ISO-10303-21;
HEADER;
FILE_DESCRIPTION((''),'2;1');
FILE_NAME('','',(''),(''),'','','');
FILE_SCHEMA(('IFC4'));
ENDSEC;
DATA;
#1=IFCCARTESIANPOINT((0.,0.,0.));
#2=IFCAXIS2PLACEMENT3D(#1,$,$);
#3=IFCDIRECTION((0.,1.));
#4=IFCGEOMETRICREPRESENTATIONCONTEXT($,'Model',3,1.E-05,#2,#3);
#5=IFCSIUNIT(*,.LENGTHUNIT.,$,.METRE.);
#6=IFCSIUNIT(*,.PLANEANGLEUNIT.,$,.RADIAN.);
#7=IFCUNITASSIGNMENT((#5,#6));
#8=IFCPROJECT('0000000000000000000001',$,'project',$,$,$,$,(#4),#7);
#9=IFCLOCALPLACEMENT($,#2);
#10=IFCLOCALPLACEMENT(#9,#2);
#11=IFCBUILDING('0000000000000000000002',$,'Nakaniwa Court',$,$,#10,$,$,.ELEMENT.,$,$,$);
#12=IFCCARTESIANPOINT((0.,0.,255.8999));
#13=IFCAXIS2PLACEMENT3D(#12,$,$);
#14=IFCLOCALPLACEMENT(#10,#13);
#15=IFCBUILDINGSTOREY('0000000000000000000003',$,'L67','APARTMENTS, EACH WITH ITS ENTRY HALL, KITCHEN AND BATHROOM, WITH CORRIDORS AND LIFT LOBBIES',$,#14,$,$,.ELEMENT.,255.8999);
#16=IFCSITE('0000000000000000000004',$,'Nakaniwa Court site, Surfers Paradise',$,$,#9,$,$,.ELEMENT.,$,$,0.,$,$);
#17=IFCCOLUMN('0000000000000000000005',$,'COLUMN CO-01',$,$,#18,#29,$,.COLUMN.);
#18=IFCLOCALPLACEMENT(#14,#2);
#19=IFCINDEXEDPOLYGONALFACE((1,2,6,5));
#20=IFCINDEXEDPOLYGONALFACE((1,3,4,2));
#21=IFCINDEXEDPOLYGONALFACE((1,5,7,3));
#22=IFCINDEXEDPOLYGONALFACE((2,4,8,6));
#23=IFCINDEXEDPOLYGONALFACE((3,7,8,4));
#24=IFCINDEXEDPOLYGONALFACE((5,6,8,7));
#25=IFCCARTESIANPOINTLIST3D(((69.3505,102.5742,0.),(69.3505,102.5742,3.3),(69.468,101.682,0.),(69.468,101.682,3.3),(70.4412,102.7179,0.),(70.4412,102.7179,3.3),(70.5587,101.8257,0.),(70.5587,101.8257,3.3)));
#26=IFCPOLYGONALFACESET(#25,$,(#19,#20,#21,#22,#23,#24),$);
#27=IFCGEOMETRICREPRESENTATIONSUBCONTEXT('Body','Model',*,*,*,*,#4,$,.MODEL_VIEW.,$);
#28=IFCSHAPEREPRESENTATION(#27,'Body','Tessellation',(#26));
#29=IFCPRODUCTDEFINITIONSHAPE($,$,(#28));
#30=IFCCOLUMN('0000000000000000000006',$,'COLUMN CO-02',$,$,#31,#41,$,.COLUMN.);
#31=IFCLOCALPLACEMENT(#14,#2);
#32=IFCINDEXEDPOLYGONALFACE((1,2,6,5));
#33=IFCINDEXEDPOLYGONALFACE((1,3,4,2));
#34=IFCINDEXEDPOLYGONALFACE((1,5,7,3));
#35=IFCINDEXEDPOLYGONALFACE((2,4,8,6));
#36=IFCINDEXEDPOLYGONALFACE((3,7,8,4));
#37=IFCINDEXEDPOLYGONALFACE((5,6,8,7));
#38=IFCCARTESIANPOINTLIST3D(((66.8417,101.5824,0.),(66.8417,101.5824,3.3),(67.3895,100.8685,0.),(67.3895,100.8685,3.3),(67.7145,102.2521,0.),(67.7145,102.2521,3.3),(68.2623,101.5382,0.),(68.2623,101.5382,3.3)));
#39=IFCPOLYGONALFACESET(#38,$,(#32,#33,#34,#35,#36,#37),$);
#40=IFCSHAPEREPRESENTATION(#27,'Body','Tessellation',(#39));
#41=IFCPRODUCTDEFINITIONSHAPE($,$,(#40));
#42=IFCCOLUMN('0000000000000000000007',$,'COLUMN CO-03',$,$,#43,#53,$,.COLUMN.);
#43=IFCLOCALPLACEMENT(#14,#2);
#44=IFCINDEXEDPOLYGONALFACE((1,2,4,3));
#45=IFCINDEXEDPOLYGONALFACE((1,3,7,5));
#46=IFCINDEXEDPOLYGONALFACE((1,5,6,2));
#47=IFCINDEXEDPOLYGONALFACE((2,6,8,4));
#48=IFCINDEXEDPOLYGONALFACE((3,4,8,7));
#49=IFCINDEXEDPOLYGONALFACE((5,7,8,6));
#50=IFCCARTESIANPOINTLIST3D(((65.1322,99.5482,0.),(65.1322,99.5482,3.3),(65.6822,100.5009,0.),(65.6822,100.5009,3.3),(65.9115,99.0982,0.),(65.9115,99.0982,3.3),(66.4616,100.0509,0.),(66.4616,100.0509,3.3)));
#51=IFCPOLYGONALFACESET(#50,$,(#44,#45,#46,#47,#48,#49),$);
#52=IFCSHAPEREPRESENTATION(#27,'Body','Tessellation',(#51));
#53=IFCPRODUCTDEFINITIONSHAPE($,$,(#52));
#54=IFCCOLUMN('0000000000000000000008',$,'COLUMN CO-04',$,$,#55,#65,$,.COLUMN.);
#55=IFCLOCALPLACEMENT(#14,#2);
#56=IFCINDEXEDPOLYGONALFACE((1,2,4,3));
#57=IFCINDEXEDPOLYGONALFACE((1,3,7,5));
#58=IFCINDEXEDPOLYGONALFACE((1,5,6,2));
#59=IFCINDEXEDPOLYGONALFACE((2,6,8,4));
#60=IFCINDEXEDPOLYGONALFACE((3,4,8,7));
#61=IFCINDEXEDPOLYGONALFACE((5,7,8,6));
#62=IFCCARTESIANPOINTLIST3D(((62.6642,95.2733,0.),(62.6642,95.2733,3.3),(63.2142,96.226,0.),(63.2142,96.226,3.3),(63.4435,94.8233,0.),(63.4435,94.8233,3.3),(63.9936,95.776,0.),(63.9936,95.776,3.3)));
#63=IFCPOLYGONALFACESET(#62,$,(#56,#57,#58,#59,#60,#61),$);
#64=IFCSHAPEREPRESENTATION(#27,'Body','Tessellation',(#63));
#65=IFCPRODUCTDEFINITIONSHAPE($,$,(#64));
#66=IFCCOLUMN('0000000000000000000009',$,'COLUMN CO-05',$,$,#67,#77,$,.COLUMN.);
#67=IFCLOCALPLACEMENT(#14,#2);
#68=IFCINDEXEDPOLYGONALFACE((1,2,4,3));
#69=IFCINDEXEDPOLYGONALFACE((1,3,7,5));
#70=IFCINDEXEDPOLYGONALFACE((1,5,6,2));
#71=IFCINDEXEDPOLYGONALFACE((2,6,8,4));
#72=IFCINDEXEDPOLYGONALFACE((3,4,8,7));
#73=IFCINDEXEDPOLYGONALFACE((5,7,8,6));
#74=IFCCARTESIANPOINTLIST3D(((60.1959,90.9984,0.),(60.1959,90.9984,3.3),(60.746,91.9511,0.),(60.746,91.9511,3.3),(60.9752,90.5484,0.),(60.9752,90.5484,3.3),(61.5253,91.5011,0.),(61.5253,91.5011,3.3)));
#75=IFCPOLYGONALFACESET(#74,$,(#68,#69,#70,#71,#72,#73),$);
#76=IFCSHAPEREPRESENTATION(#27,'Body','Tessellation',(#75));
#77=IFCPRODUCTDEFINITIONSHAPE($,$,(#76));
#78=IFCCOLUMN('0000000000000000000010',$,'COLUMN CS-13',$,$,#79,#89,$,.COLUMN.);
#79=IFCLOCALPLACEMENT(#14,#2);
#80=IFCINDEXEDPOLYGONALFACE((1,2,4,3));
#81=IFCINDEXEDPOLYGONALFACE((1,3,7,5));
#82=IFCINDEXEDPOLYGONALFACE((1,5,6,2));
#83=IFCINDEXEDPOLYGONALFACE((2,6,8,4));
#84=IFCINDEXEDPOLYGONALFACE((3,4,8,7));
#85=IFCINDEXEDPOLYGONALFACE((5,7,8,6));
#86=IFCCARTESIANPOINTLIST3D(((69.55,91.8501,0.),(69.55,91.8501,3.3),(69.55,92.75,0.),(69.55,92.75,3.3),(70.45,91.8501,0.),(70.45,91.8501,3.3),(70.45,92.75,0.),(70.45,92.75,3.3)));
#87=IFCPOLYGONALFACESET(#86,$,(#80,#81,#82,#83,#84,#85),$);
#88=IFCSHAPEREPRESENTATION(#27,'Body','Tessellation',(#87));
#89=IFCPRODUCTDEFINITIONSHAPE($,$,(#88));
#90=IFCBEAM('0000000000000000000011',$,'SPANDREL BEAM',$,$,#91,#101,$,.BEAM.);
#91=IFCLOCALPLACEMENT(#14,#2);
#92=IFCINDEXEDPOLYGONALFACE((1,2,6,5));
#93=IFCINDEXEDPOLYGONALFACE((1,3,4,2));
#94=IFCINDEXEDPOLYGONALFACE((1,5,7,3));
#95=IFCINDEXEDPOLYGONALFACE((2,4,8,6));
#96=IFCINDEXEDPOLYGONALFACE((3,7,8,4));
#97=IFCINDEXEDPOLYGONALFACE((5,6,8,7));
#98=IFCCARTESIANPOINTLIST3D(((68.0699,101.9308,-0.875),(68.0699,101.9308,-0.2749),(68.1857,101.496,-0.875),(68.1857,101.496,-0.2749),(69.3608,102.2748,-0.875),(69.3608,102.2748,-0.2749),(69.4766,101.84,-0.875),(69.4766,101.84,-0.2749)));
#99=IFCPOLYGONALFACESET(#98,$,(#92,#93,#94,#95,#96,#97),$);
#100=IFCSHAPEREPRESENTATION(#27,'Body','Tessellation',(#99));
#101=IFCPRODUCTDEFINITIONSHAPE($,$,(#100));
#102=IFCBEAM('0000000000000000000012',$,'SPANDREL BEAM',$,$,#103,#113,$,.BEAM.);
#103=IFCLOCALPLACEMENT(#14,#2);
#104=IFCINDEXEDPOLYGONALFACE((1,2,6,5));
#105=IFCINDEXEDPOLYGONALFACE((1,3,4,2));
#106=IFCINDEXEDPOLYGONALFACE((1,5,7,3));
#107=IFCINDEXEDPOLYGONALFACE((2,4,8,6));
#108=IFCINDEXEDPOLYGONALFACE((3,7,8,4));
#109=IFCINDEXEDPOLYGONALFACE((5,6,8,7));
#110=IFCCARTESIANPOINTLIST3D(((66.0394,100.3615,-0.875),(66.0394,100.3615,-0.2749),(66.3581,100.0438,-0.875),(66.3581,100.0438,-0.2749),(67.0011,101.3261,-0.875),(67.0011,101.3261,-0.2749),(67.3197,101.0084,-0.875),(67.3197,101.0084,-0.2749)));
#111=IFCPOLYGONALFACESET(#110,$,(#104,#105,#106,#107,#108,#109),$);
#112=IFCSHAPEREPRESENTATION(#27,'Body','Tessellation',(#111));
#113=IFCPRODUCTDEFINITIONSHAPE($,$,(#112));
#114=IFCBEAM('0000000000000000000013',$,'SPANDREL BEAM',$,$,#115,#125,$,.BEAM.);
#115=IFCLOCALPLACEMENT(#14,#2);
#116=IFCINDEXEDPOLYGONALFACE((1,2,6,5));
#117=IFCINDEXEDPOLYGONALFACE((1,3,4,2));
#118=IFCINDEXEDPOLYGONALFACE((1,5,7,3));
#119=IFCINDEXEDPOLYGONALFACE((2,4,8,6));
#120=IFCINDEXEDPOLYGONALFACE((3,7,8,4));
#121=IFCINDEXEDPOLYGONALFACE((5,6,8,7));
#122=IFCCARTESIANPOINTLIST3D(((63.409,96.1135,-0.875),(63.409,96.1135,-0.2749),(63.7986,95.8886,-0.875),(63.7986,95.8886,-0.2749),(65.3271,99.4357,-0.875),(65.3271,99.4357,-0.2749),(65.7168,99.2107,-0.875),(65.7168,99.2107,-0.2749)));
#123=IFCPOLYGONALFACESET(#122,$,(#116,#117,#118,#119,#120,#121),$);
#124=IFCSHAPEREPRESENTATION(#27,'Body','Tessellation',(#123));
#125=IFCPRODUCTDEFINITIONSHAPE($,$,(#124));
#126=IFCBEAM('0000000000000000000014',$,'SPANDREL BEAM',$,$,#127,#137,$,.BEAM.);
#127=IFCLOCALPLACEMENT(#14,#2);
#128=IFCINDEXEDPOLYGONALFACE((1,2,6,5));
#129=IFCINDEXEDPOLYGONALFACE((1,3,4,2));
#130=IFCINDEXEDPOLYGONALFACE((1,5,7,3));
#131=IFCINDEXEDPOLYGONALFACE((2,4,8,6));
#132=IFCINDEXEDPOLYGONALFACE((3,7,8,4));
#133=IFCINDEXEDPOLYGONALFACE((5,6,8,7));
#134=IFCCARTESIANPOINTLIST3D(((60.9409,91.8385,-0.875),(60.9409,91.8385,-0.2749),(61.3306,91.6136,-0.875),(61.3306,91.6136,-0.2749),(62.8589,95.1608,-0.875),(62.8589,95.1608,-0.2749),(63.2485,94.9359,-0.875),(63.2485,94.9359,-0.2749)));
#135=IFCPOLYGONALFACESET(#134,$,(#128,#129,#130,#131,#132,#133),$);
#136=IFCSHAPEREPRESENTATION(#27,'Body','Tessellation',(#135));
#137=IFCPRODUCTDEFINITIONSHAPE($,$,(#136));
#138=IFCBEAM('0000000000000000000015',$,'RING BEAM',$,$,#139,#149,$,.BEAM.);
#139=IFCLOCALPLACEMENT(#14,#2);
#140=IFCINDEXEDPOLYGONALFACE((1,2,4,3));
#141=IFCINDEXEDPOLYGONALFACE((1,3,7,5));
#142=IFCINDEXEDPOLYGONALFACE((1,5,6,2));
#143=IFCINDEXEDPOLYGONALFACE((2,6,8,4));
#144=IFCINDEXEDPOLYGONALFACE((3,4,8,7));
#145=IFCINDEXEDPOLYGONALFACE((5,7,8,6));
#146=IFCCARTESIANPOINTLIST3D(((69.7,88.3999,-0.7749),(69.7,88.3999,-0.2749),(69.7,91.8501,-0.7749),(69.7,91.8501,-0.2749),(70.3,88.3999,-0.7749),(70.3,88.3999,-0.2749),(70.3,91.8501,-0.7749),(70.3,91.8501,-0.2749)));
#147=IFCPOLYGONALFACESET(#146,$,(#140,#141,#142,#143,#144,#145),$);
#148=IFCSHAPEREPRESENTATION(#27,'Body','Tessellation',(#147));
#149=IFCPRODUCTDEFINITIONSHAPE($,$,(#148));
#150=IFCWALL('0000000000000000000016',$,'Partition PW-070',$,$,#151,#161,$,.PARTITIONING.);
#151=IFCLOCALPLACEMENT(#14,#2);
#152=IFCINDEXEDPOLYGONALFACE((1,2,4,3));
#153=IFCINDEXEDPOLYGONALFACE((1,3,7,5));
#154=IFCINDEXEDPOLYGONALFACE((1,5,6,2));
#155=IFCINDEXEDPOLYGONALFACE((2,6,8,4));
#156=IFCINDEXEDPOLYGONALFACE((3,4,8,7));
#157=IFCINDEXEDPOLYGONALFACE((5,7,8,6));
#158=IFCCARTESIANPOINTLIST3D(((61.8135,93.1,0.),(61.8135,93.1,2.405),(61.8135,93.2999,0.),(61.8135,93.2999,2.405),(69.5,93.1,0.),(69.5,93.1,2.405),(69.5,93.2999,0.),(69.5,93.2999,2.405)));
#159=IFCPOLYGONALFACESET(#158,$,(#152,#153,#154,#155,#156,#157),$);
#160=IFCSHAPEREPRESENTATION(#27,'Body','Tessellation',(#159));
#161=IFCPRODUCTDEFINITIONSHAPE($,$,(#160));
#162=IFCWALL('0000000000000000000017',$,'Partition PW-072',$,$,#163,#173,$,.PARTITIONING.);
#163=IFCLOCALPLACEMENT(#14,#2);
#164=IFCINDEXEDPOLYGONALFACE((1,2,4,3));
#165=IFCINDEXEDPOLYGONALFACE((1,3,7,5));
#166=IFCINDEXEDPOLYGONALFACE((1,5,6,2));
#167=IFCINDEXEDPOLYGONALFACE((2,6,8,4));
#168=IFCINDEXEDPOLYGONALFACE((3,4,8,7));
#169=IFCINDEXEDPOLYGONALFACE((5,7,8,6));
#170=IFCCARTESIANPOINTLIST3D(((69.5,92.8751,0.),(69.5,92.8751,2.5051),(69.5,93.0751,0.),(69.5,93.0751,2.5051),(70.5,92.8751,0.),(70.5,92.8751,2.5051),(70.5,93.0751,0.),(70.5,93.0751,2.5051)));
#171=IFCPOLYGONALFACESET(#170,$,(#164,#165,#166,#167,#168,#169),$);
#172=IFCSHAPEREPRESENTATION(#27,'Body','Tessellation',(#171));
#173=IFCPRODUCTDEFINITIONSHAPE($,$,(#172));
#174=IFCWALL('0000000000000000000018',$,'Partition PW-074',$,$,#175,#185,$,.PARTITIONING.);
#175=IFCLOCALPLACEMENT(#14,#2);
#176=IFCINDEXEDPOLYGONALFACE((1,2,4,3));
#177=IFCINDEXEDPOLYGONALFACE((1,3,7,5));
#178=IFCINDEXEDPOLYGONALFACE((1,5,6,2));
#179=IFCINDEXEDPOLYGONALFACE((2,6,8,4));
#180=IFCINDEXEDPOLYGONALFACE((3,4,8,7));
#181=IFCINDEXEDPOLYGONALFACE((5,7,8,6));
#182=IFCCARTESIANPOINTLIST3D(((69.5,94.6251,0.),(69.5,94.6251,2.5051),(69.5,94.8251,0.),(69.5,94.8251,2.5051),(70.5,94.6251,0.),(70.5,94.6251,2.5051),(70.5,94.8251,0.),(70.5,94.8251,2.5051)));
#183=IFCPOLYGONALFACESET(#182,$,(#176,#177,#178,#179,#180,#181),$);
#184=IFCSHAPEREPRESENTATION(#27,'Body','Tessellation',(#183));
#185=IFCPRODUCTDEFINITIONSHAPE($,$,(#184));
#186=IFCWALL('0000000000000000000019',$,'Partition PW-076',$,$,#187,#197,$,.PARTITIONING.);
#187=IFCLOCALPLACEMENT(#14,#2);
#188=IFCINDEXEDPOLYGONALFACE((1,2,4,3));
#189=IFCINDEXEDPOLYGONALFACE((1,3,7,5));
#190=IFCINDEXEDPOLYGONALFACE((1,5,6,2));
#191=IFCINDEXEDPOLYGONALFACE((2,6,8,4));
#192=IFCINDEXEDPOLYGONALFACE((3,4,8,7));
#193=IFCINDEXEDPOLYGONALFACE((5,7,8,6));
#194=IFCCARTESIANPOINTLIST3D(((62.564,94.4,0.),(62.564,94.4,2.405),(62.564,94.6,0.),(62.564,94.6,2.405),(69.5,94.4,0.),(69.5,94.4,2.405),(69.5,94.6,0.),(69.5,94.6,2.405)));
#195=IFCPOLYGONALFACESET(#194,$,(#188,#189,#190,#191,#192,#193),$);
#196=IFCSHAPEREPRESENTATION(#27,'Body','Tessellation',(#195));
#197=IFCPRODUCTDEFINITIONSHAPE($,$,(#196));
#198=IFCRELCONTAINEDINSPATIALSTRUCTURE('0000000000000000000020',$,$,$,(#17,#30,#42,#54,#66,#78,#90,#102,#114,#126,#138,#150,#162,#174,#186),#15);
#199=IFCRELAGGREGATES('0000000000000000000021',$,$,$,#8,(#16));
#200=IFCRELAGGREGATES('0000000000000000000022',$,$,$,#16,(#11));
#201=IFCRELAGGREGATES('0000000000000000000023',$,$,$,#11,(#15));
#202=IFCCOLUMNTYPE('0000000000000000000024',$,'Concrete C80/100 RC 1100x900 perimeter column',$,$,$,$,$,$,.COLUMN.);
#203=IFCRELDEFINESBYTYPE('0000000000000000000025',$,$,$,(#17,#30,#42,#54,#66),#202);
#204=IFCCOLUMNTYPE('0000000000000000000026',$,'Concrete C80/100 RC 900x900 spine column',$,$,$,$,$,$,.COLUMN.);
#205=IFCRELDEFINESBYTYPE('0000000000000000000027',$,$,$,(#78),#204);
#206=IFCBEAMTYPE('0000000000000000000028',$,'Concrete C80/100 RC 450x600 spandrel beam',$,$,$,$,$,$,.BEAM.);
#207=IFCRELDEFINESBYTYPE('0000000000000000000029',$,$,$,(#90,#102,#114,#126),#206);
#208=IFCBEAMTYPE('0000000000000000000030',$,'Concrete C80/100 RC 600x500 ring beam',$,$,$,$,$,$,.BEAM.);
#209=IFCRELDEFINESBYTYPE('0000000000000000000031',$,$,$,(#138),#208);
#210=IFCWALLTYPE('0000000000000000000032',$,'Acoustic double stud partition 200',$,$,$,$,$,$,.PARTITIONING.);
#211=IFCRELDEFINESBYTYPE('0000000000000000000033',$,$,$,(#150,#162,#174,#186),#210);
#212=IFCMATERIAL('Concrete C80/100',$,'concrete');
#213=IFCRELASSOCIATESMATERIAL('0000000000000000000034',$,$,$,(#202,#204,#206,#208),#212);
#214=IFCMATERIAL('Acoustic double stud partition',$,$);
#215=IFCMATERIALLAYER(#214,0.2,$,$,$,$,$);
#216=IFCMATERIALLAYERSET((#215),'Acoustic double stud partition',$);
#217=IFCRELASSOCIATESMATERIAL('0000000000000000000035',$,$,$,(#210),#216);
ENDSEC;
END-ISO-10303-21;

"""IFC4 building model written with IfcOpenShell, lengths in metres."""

from ifc_helpers import new_model, si_unit, direction, frame, frame_2d, origin, origin_2d, place, context, subcontext, project, spatial, rectangle, extrude, material, layer, layer_set, material_profile, profile_set, type_object, element, save


model = new_model("IFC4")

# Units and contexts
model_context = context("Model", 3, precision=1e-05, world=origin(), true_north=direction((0.0, 1.0)))
body_context = subcontext(model_context, "Body", "Model", "MODEL_VIEW")
ifc_project = project(units=[si_unit("LENGTHUNIT", "METRE"), si_unit("PLANEANGLEUNIT", "RADIAN")], contexts=[model_context])

# Site, building, storey
site_placement = place(None, origin())
site = spatial("IfcSite", under=ifc_project, at=site_placement, Name="Nakaniwa Court site, Surfers Paradise", CompositionType="ELEMENT", RefElevation=0.0)
building_placement = place(site_placement, origin())
building = spatial("IfcBuilding", under=site, at=building_placement, Name="Nakaniwa Court", CompositionType="ELEMENT")
storey_placement = place(building_placement, frame((0.0, 0.0, 255.8999)))
storey = spatial("IfcBuildingStorey", under=building, at=storey_placement, Name="L67", Description="APARTMENTS, EACH WITH ITS ENTRY HALL, KITCHEN AND BATHROOM, WITH CORRIDORS AND LIFT LOBBIES", CompositionType="ELEMENT", Elevation=255.8999)

# Columns
ifc_material_1 = material(Name="Concrete C80/100", Category="concrete")
ifc_material_profile_1 = material_profile(ifc_material_1, rectangle(XDim=1.1001, YDim=0.8999, at=origin_2d()), Name="Concrete C80/100 RC 1100x900 perimeter column")
ifc_profile_set_1 = profile_set([ifc_material_profile_1], Name="Concrete C80/100")
column_type_1 = type_object("IfcColumnType", Name="Concrete C80/100 RC 1100x900 perimeter column", PredefinedType="COLUMN", material=ifc_profile_set_1)
for number, where, z_axis, x_axis, name in (
    (1, (69.9546, 102.2, 0.0), (0.0, 0.0, 1.0), (-0.991443, -0.130543, 0.0), "COLUMN CO-01"),
    (2, (67.552, 101.5603, 0.0), (0.0, 0.0, 1.0), (-0.793364, -0.608748, 0.0), "COLUMN CO-02"),
    (3, (65.7969, 99.7996, 0.0), (0.0, 0.0, 1.0), (-0.5, -0.866025, 0.0), "COLUMN CO-03"),
    (4, (63.3289, 95.5247, 0.0), (0.0, 0.0, 1.0), (-0.5, -0.866025, 0.0), "COLUMN CO-04"),
    (5, (60.8606, 91.2498, 0.0), (0.0, 0.0, 1.0), (-0.5, -0.866025, 0.0), "COLUMN CO-05"),
):
    element("IfcColumn", number, at=place(storey_placement, frame(where, z_axis=z_axis, x_axis=x_axis)), inside=storey, type_object=column_type_1, Name=name, PredefinedType="COLUMN", context=body_context, shape_type="SweptSolid", body=[
        extrude(rectangle(XDim=1.1001, YDim=0.8999, at=origin_2d()), origin(), (0.0, 0.0, 1.0), 3.3),
    ])
ifc_material_profile_2 = material_profile(ifc_material_1, rectangle(XDim=0.8999, YDim=0.8999, at=origin_2d()), Name="Concrete C80/100 RC 900x900 spine column")
ifc_profile_set_2 = profile_set([ifc_material_profile_2], Name="Concrete C80/100")
column_type_2 = type_object("IfcColumnType", Name="Concrete C80/100 RC 900x900 spine column", PredefinedType="COLUMN", material=ifc_profile_set_2)
column_placement = place(storey_placement, frame((70.0, 92.3, 0.0), z_axis=(0.0, 0.0, 1.0), x_axis=(0.0, -1.0, 0.0)))
element("IfcColumn", 6, at=column_placement, inside=storey, type_object=column_type_2, Name="COLUMN CS-13", PredefinedType="COLUMN", context=body_context, shape_type="SweptSolid", body=[
    extrude(rectangle(XDim=0.8999, YDim=0.8999, at=origin_2d()), origin(), (0.0, 0.0, 1.0), 3.3),
])

# Beams
ifc_material_profile_3 = material_profile(ifc_material_1, rectangle(XDim=0.45, YDim=0.6001, at=origin_2d()), Name="Concrete C80/100 RC 450x600 spandrel beam")
ifc_profile_set_3 = profile_set([ifc_material_profile_3], Name="Concrete C80/100")
beam_type_1 = type_object("IfcBeamType", Name="Concrete C80/100 RC 450x600 spandrel beam", PredefinedType="BEAM", material=ifc_profile_set_3)
beam_1_placement = place(storey_placement, frame((69.4187, 102.0574, -0.575), z_axis=(-0.966286, -0.257469, 0.0), x_axis=(0.257469, -0.966286, 0.0)))
element("IfcBeam", 7, at=beam_1_placement, inside=storey, type_object=beam_type_1, Name="SPANDREL BEAM", PredefinedType="BEAM", context=body_context, shape_type="SweptSolid", body=[
    extrude(rectangle(XDim=0.45, YDim=0.6001, at=origin_2d()), origin(), (0.0, 0.0, 1.0), 1.3359),
])
beam_2_placement = place(storey_placement, frame((67.1604, 101.1672, -0.575), z_axis=(-0.706031, -0.708181, 0.0), x_axis=(0.708181, -0.706031, 0.0)))
element("IfcBeam", 8, at=beam_2_placement, inside=storey, type_object=beam_type_1, Name="SPANDREL BEAM", PredefinedType="BEAM", context=body_context, shape_type="SweptSolid", body=[
    extrude(rectangle(XDim=0.45, YDim=0.6001, at=origin_2d()), origin(), (0.0, 0.0, 1.0), 1.3621),
])
for number, where, z_axis, x_axis, name in (
    (9, (65.522, 99.3232, -0.575), (-0.50002, -0.866014, 0.0), (0.866014, -0.50002, 0.0), "SPANDREL BEAM"),
    (10, (63.0537, 95.0483, -0.575), (-0.499972, -0.866041, 0.0), (0.866041, -0.499972, 0.0), "SPANDREL BEAM"),
):
    element("IfcBeam", number, at=place(storey_placement, frame(where, z_axis=z_axis, x_axis=x_axis)), inside=storey, type_object=beam_type_1, Name=name, PredefinedType="BEAM", context=body_context, shape_type="SweptSolid", body=[
        extrude(rectangle(XDim=0.45, YDim=0.6001, at=origin_2d()), origin(), (0.0, 0.0, 1.0), 3.8362),
    ])
ifc_material_profile_4 = material_profile(ifc_material_1, rectangle(XDim=0.6001, YDim=0.5, at=origin_2d()), Name="Concrete C80/100 RC 600x500 ring beam")
ifc_profile_set_4 = profile_set([ifc_material_profile_4], Name="Concrete C80/100")
beam_type_2 = type_object("IfcBeamType", Name="Concrete C80/100 RC 600x500 ring beam", PredefinedType="BEAM", material=ifc_profile_set_4)
beam_3_placement = place(storey_placement, frame((70.0, 91.8501, -0.5249), z_axis=(0.0, -1.0, 0.0), x_axis=(1.0, 0.0, 0.0)))
element("IfcBeam", 11, at=beam_3_placement, inside=storey, type_object=beam_type_2, Name="RING BEAM", PredefinedType="BEAM", context=body_context, shape_type="SweptSolid", body=[
    extrude(rectangle(XDim=0.6001, YDim=0.5, at=origin_2d()), origin(), (0.0, 0.0, 1.0), 3.4502),
])

# Walls
ifc_material_2 = material(Name="Acoustic double stud partition")
ifc_layer_1 = layer(ifc_material_2, 0.2)
ifc_layer_set_1 = layer_set([ifc_layer_1], Name="Acoustic double stud partition")
wall_type_1 = type_object("IfcWallType", Name="Acoustic double stud partition 200", PredefinedType="PARTITIONING", material=ifc_layer_set_1)
wall_1_placement = place(storey_placement, frame((61.8135, 93.2, 0.0), z_axis=(0.0, 0.0, 1.0), x_axis=(1.0, 0.0, 0.0)))
element("IfcWall", 12, at=wall_1_placement, inside=storey, type_object=wall_type_1, Name="Partition PW-070", PredefinedType="PARTITIONING", context=body_context, shape_type="SweptSolid", body=[
    extrude(rectangle(XDim=7.6865, YDim=0.2, at=frame_2d((3.8433, 0.0))), origin(), (0.0, 0.0, 1.0), 2.405),
])
for number, where, z_axis, x_axis, name in (
    (13, (69.5, 92.9751, 0.0), (0.0, 0.0, 1.0), (1.0, 0.0, 0.0), "Partition PW-072"),
    (14, (69.5, 94.7251, 0.0), (0.0, 0.0, 1.0), (1.0, 0.0, 0.0), "Partition PW-074"),
):
    element("IfcWall", number, at=place(storey_placement, frame(where, z_axis=z_axis, x_axis=x_axis)), inside=storey, type_object=wall_type_1, Name=name, PredefinedType="PARTITIONING", context=body_context, shape_type="SweptSolid", body=[
        extrude(rectangle(XDim=1.0, YDim=0.2, at=frame_2d((0.5, 0.0))), origin(), (0.0, 0.0, 1.0), 2.5051),
    ])
wall_2_placement = place(storey_placement, frame((62.564, 94.5, 0.0), z_axis=(0.0, 0.0, 1.0), x_axis=(1.0, 0.0, 0.0)))
element("IfcWall", 15, at=wall_2_placement, inside=storey, type_object=wall_type_1, Name="Partition PW-076", PredefinedType="PARTITIONING", context=body_context, shape_type="SweptSolid", body=[
    extrude(rectangle(XDim=6.936, YDim=0.2, at=frame_2d((3.468, 0.0))), origin(), (0.0, 0.0, 1.0), 2.405),
])

save(model, "model.ifc")
